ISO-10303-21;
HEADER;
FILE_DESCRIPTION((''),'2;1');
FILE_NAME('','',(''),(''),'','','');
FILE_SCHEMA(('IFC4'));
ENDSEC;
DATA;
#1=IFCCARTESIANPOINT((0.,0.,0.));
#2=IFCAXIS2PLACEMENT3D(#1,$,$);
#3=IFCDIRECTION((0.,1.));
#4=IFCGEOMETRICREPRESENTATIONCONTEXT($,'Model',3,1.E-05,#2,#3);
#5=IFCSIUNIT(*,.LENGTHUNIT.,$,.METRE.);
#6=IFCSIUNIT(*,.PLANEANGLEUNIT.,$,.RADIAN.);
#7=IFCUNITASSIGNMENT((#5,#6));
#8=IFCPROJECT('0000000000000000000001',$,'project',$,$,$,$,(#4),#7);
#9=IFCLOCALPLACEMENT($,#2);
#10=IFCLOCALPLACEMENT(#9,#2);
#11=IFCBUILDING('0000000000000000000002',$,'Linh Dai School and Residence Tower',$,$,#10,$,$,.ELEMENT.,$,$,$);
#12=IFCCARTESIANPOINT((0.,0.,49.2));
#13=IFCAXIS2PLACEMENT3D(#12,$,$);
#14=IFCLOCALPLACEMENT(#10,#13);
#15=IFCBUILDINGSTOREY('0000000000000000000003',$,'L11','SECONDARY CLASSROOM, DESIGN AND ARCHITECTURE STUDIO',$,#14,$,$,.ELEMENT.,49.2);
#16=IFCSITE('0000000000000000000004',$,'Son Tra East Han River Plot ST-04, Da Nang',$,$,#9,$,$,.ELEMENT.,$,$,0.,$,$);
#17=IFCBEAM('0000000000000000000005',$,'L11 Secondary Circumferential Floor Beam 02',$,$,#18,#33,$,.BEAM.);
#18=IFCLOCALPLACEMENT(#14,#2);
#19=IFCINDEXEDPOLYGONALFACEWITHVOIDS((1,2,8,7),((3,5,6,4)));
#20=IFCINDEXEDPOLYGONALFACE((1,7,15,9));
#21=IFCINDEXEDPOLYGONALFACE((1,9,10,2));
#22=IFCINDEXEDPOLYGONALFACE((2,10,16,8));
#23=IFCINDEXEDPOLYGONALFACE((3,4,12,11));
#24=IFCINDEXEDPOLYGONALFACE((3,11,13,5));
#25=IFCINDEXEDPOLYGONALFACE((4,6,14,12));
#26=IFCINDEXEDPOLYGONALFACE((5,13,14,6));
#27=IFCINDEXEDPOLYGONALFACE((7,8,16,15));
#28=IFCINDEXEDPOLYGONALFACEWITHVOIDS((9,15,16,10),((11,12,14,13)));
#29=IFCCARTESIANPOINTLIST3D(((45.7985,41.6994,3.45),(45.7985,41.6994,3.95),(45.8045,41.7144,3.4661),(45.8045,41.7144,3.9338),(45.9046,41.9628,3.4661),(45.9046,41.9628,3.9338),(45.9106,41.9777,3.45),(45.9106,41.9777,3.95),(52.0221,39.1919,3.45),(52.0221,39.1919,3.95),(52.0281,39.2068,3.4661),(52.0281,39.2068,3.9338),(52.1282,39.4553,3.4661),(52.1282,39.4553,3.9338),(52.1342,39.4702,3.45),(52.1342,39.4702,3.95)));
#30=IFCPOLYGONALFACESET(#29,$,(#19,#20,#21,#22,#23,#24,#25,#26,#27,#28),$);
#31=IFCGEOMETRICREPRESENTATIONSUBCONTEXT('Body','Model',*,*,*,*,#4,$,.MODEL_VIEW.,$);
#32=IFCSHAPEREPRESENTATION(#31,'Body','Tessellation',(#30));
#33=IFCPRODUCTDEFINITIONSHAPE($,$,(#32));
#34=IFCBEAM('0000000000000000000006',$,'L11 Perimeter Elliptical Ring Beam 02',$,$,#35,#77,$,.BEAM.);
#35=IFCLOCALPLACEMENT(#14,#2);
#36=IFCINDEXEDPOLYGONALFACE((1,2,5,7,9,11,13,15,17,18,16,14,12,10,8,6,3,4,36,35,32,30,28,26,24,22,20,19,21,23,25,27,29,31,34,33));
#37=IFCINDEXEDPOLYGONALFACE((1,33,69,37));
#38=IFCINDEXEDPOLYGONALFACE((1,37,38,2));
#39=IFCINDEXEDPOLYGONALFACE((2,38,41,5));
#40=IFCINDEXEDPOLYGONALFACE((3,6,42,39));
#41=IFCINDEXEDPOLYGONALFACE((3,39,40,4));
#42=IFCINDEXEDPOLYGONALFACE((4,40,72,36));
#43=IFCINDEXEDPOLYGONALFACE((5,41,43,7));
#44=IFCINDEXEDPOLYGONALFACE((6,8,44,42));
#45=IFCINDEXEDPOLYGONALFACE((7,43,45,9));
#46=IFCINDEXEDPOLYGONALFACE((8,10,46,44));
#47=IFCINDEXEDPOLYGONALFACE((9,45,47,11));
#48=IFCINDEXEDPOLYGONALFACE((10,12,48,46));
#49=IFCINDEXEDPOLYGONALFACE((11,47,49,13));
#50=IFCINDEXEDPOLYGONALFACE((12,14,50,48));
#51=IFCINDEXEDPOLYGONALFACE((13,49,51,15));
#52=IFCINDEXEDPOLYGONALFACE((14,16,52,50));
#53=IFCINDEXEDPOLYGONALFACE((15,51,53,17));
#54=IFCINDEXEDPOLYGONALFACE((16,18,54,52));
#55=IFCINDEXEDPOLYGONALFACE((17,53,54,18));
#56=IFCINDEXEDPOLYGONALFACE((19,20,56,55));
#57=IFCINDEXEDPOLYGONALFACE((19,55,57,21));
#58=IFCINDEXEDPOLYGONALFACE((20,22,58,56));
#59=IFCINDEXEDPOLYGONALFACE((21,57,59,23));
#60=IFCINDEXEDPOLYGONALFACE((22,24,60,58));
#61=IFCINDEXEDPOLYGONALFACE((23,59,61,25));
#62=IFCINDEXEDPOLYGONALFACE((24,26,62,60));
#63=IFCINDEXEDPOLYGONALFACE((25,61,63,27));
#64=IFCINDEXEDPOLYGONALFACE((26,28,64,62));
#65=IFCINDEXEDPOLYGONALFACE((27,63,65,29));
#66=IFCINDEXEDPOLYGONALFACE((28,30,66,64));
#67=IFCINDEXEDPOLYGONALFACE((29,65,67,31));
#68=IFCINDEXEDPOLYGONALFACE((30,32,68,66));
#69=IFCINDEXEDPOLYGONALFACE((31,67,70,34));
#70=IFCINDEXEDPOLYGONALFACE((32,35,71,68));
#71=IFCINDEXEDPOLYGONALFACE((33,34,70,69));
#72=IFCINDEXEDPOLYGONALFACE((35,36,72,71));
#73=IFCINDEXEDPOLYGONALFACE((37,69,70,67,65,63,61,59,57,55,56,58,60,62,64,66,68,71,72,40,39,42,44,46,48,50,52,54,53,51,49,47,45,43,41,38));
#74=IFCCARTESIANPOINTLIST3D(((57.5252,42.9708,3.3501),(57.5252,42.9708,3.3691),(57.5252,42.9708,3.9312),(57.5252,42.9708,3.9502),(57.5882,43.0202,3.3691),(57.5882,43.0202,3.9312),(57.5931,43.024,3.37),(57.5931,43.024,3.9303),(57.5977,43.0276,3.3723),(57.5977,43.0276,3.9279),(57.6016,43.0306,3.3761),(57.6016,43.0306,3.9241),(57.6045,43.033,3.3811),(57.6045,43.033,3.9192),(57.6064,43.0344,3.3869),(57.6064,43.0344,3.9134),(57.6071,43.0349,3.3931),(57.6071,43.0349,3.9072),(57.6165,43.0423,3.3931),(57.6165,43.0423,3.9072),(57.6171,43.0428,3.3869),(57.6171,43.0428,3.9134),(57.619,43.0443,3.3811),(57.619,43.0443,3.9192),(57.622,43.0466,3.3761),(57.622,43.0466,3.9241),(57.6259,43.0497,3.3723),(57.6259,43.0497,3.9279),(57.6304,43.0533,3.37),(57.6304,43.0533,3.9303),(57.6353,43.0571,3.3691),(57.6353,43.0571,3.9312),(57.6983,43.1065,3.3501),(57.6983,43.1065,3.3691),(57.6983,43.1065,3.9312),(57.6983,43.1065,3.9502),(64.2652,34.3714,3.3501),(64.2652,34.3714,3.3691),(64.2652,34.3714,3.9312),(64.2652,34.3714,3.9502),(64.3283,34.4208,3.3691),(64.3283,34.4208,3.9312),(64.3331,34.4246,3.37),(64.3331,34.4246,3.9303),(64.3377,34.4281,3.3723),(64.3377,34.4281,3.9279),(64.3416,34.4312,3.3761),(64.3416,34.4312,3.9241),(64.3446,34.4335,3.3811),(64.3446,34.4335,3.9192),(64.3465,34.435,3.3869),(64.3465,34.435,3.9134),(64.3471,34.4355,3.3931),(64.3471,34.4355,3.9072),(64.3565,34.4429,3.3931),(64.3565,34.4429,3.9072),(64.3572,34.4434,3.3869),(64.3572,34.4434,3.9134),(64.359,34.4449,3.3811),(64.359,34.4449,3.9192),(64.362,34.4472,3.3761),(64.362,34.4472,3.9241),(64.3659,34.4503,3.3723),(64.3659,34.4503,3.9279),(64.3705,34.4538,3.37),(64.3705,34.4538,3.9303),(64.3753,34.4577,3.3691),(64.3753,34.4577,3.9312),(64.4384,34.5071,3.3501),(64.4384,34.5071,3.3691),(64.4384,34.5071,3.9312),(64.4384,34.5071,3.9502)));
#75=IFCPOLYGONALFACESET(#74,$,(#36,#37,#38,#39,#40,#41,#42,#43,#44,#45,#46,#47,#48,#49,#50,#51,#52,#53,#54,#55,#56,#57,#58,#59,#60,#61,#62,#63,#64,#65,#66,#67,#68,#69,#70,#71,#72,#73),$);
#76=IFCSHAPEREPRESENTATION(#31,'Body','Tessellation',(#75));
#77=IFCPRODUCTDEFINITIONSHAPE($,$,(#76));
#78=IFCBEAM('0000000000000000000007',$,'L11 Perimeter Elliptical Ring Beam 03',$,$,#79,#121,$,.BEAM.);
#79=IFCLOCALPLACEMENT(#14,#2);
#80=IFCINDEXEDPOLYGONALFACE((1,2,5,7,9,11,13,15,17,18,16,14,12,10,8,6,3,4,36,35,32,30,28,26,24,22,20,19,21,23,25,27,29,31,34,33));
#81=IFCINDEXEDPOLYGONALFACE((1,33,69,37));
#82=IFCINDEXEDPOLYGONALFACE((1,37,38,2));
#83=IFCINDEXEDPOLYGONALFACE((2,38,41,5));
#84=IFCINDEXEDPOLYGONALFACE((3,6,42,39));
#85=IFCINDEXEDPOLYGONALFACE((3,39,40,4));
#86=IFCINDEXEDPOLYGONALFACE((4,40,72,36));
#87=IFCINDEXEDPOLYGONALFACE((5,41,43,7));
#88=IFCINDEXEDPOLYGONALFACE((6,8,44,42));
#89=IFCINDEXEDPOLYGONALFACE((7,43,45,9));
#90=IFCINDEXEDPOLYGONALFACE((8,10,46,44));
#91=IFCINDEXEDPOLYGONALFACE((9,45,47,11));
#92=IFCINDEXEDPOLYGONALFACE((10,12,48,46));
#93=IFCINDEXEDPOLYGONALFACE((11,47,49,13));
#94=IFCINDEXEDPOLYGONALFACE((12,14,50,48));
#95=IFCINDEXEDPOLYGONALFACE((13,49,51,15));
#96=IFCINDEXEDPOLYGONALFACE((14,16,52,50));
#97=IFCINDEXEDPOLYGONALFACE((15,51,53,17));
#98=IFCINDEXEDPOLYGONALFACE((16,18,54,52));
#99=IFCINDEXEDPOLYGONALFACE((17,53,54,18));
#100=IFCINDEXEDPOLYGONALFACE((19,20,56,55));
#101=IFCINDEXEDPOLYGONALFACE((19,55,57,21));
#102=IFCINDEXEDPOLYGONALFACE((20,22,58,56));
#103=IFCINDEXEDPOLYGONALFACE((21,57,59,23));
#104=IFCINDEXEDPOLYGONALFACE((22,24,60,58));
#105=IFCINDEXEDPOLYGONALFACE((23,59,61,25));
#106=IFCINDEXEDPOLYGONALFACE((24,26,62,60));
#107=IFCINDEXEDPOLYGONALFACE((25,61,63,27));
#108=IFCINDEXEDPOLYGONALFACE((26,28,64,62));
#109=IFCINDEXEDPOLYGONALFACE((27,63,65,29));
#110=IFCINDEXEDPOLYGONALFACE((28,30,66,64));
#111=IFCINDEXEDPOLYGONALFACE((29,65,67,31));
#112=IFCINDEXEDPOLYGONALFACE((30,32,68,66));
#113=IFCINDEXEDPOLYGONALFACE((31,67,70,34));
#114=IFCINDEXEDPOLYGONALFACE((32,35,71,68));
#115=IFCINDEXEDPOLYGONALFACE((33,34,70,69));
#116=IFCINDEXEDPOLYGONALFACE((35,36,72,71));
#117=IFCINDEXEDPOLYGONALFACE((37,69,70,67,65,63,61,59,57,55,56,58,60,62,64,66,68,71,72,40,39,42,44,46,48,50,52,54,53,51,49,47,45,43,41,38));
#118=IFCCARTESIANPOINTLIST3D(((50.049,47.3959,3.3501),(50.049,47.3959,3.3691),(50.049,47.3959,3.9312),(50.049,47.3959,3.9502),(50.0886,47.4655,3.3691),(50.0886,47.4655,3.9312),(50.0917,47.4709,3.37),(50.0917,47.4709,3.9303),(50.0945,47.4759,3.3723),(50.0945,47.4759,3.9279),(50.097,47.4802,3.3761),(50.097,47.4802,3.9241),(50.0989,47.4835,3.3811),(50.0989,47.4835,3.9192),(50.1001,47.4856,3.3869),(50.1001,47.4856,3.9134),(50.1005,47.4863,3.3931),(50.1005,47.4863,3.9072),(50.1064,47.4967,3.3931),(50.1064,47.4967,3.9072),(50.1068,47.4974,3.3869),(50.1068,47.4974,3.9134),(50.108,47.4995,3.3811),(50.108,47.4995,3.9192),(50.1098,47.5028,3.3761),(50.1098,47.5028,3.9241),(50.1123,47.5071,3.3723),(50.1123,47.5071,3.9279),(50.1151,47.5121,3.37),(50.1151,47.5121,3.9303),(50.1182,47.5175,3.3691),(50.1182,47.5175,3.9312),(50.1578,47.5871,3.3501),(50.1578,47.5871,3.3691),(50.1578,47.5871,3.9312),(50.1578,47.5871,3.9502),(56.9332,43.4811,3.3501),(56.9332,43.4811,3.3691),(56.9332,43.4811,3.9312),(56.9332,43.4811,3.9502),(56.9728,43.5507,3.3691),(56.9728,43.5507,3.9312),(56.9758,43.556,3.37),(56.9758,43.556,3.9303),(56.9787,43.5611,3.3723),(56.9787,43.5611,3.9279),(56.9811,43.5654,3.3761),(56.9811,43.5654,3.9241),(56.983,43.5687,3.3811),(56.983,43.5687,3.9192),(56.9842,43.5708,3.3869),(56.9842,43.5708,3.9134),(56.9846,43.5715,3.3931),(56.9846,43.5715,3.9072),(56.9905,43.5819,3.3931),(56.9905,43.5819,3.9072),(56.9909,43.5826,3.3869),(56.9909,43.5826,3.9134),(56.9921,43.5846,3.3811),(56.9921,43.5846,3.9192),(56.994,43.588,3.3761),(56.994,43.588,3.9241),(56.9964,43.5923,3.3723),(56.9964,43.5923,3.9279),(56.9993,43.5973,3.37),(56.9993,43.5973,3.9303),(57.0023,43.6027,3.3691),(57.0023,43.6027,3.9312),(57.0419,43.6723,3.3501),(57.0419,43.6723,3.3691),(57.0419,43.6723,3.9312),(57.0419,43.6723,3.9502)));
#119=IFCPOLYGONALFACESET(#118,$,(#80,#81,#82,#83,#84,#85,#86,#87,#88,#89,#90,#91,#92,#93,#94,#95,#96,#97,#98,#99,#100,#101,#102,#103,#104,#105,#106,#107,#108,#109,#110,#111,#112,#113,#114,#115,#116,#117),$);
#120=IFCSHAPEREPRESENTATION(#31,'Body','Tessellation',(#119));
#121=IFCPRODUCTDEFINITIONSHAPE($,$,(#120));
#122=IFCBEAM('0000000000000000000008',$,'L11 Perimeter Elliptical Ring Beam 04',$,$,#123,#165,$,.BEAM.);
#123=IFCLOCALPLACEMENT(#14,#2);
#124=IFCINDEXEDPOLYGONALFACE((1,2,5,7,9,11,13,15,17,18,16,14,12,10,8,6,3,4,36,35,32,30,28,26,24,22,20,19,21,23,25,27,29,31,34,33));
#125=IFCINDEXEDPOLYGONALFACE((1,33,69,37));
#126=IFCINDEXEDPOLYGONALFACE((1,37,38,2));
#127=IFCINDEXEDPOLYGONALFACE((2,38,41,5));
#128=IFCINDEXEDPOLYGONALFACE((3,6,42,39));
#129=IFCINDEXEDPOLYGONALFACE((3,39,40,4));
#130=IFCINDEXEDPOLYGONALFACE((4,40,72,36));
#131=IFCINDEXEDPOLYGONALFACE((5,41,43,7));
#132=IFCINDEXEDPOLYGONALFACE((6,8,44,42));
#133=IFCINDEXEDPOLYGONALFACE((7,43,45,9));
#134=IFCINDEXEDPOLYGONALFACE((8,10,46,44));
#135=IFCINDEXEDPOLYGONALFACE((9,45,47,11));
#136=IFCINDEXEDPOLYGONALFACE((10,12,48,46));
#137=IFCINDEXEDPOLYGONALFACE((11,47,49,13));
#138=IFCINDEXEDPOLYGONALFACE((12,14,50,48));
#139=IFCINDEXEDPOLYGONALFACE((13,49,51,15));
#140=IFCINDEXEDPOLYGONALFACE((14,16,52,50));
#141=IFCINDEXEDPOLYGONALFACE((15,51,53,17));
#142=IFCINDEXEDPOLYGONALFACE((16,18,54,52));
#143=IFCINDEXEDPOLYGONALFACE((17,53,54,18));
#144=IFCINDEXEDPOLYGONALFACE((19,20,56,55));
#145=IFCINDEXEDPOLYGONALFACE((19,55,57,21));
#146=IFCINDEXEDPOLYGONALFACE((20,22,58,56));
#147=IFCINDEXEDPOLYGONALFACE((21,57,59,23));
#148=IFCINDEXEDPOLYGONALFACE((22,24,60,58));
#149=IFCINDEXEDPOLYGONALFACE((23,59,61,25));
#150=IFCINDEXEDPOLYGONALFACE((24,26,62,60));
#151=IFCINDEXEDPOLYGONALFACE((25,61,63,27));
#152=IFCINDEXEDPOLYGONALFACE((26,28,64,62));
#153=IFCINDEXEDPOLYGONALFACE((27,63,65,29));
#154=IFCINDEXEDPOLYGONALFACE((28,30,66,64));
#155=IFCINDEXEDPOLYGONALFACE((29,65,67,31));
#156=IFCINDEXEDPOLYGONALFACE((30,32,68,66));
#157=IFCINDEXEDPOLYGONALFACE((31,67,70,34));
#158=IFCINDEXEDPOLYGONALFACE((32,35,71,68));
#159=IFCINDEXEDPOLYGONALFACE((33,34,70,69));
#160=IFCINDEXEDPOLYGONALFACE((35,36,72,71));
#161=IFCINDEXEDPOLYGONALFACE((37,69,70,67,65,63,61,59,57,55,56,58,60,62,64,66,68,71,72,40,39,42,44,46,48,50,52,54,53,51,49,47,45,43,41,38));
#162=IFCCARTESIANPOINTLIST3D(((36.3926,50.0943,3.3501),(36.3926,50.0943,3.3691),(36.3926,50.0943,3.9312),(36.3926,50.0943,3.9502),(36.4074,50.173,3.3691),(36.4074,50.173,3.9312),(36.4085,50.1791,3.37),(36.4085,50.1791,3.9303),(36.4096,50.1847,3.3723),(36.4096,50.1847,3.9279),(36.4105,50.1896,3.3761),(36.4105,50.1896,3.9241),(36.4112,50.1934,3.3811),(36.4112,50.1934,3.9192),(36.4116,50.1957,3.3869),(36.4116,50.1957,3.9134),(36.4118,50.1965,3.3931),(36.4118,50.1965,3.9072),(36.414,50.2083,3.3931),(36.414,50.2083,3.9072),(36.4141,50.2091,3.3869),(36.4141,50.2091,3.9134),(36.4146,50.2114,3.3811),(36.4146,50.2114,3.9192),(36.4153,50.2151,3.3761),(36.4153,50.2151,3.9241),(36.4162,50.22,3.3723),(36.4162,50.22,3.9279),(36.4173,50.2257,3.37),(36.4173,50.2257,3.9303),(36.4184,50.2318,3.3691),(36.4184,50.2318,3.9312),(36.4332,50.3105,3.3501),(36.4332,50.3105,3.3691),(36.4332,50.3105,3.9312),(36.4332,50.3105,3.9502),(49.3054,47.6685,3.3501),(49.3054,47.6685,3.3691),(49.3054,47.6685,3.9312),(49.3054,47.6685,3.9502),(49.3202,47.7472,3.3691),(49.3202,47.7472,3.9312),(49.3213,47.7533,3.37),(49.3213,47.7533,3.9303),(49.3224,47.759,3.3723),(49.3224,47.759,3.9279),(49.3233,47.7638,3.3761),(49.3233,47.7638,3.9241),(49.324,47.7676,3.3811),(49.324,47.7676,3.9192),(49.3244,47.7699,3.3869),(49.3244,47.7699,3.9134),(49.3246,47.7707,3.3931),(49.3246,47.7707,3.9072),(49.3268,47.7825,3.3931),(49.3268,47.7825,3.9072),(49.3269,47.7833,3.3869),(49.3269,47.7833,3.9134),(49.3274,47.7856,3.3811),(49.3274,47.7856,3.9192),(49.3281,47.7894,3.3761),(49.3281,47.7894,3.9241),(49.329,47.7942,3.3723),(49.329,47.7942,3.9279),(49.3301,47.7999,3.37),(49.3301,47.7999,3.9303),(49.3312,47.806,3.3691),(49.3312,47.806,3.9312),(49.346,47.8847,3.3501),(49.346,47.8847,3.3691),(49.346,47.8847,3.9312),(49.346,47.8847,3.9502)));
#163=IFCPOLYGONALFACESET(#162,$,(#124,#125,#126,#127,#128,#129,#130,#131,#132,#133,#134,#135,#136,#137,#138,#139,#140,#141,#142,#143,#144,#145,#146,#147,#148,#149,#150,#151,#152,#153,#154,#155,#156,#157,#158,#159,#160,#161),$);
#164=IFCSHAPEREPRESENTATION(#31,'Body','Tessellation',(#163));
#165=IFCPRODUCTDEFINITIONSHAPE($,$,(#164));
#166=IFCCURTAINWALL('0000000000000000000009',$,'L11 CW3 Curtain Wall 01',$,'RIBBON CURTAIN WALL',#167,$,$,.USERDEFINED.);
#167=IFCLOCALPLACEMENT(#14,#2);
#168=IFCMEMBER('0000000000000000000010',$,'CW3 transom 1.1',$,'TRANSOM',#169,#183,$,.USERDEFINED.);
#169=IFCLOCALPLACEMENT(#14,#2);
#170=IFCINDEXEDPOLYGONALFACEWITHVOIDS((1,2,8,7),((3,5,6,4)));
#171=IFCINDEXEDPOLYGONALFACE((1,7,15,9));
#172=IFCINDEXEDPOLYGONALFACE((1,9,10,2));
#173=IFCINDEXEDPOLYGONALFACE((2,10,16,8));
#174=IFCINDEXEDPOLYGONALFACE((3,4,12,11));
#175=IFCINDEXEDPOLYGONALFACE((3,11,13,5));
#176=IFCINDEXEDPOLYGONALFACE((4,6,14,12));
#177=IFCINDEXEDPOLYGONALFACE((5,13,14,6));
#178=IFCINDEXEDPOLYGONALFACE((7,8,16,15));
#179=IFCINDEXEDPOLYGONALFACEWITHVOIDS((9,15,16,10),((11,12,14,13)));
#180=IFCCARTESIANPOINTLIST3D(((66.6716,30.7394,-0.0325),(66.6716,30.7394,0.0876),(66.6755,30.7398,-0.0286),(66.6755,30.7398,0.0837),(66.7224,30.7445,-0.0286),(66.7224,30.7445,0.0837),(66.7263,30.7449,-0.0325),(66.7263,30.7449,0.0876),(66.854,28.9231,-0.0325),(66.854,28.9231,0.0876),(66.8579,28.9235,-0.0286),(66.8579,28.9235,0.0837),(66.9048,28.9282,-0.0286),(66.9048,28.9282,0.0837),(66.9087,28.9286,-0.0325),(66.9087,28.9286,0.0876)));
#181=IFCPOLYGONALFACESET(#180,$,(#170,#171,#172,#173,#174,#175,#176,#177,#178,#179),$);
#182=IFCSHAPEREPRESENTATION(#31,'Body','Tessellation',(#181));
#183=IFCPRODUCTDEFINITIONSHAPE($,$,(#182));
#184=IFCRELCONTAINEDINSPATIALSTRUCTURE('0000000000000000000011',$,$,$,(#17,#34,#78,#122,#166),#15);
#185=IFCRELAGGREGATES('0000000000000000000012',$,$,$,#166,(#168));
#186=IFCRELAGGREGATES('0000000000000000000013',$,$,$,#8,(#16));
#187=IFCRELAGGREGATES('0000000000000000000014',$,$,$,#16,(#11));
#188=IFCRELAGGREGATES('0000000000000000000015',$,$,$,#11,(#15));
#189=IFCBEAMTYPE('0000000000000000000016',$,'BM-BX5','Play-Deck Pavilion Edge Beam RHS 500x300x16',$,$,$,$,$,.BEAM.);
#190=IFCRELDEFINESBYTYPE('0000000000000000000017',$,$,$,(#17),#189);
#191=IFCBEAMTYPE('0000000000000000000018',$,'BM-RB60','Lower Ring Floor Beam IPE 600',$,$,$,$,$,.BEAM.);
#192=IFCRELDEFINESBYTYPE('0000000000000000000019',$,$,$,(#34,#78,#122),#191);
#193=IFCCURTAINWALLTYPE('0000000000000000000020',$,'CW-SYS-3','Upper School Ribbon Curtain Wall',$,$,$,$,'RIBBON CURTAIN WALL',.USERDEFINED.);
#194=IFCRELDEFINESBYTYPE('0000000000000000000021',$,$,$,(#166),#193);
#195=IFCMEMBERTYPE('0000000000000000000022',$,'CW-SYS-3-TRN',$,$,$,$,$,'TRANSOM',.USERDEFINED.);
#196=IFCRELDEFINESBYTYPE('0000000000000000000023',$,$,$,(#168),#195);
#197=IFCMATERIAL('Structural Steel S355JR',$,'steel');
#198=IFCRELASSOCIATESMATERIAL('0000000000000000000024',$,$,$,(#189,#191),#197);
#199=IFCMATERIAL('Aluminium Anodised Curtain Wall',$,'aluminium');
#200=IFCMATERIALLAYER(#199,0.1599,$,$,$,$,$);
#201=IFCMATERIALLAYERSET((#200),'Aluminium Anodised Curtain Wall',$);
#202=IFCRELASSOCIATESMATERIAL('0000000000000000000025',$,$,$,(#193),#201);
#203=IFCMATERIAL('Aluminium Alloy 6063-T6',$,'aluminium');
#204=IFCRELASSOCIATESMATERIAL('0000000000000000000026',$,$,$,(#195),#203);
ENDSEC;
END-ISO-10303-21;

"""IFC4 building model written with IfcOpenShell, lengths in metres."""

from ifc_helpers import new_model, si_unit, direction, frame, origin, origin_2d, place, context, subcontext, project, spatial, hollow_rectangle, i_section, extrude, source, transform, mapped, material, layer, layer_set, material_profile, profile_set, type_object, element, aggregate, save


model = new_model("IFC4")

# Units and contexts
model_context = context("Model", 3, precision=1e-05, world=origin(), true_north=direction((0.0, 1.0)))
body_context = subcontext(model_context, "Body", "Model", "MODEL_VIEW")
ifc_project = project(units=[si_unit("LENGTHUNIT", "METRE"), si_unit("PLANEANGLEUNIT", "RADIAN")], contexts=[model_context])

# Site, building, storey
site_placement = place(None, origin())
site = spatial("IfcSite", under=ifc_project, at=site_placement, Name="Son Tra East Han River Plot ST-04, Da Nang", CompositionType="ELEMENT", RefElevation=0.0)
building_placement = place(site_placement, origin())
building = spatial("IfcBuilding", under=site, at=building_placement, Name="Linh Dai School and Residence Tower", CompositionType="ELEMENT")
storey_placement = place(building_placement, frame((0.0, 0.0, 49.2)))
storey = spatial("IfcBuildingStorey", under=building, at=storey_placement, Name="L11", Description="SECONDARY CLASSROOM, DESIGN AND ARCHITECTURE STUDIO", CompositionType="ELEMENT", Elevation=49.2)

# Shared definitions
ifc_material_1 = material(Name="Structural Steel S355JR", Category="steel")

# Beams
ifc_material_profile_1 = material_profile(ifc_material_1, hollow_rectangle(XDim=0.3, YDim=0.5, WallThickness=0.0161, at=origin_2d()), Name="RHS 500x300x16")
ifc_profile_set_1 = profile_set([ifc_material_profile_1], Name="Structural Steel S355JR")
beam_type_1 = type_object("IfcBeamType", Name="BM-BX5", Description="Play-Deck Pavilion Edge Beam RHS 500x300x16", PredefinedType="BEAM", material=ifc_profile_set_1)
beam_1_placement = place(storey_placement, frame((52.0781, 39.3311, 3.7), z_axis=(-0.927543, 0.373717, 0.0), x_axis=(-0.373717, -0.927543, 0.0)))
element("IfcBeam", 1, at=beam_1_placement, inside=storey, type_object=beam_type_1, Name="L11 Secondary Circumferential Floor Beam 02", PredefinedType="BEAM", context=body_context, shape_type="SweptSolid", body=[
    extrude(hollow_rectangle(XDim=0.3, YDim=0.5, WallThickness=0.0161, at=origin_2d()), origin(), (0.0, 0.0, 1.0), 6.7097),
])
ifc_material_profile_2 = material_profile(ifc_material_1, i_section(OverallWidth=0.22, OverallDepth=0.6001, WebThickness=0.012, FlangeThickness=0.019, FilletRadius=0.0239, at=origin_2d()), Name="IPE 600")
ifc_profile_set_2 = profile_set([ifc_material_profile_2], Name="Structural Steel S355JR")
beam_type_2 = type_object("IfcBeamType", Name="BM-RB60", Description="Lower Ring Floor Beam IPE 600", PredefinedType="BEAM", material=ifc_profile_set_2)
beam_2_placement = place(storey_placement, frame((64.3518, 34.4392, 3.6501), z_axis=(-0.616879, 0.787058, 0.0), x_axis=(-0.787058, -0.616879, 0.0)))
element("IfcBeam", 2, at=beam_2_placement, inside=storey, type_object=beam_type_2, Name="L11 Perimeter Elliptical Ring Beam 02", PredefinedType="BEAM", context=body_context, shape_type="SweptSolid", body=[
    extrude(i_section(OverallWidth=0.22, OverallDepth=0.6001, WebThickness=0.012, FlangeThickness=0.019, FilletRadius=0.0239, at=origin_2d()), origin(), (0.0, 0.0, 1.0), 10.926),
])
beam_3_placement = place(storey_placement, frame((56.9875, 43.5767, 3.6501), z_axis=(-0.869271, 0.494335, 0.0), x_axis=(-0.494335, -0.869271, 0.0)))
element("IfcBeam", 3, at=beam_3_placement, inside=storey, type_object=beam_type_2, Name="L11 Perimeter Elliptical Ring Beam 03", PredefinedType="BEAM", context=body_context, shape_type="SweptSolid", body=[
    extrude(i_section(OverallWidth=0.22, OverallDepth=0.6001, WebThickness=0.012, FlangeThickness=0.019, FilletRadius=0.0239, at=origin_2d()), origin(), (0.0, 0.0, 1.0), 7.9194),
])
beam_4_placement = place(storey_placement, frame((49.3257, 47.7766, 3.6501), z_axis=(-0.982808, 0.184628, 0.0), x_axis=(-0.184628, -0.982808, 0.0)))
element("IfcBeam", 4, at=beam_4_placement, inside=storey, type_object=beam_type_2, Name="L11 Perimeter Elliptical Ring Beam 04", PredefinedType="BEAM", context=body_context, shape_type="SweptSolid", body=[
    extrude(i_section(OverallWidth=0.22, OverallDepth=0.6001, WebThickness=0.012, FlangeThickness=0.019, FilletRadius=0.0239, at=origin_2d()), origin(), (0.0, 0.0, 1.0), 13.1387),
])

# Curtain wall, member
ifc_material_2 = material(Name="Aluminium Anodised Curtain Wall", Category="aluminium")
ifc_layer_1 = layer(ifc_material_2, 0.1599)
ifc_layer_set_1 = layer_set([ifc_layer_1], Name="Aluminium Anodised Curtain Wall")
curtain_wall_type = type_object("IfcCurtainWallType", Name="CW-SYS-3", Description="Upper School Ribbon Curtain Wall", ElementType="RIBBON CURTAIN WALL", PredefinedType="USERDEFINED", material=ifc_layer_set_1)
curtain_wall_placement = place(storey_placement, origin())
curtain_wall = element("IfcCurtainWall", 5, at=curtain_wall_placement, inside=storey, type_object=curtain_wall_type, Name="L11 CW3 Curtain Wall 01", ObjectType="RIBBON CURTAIN WALL", PredefinedType="USERDEFINED")
ifc_material_3 = material(Name="Aluminium Alloy 6063-T6", Category="aluminium")
ifc_material_profile_3 = material_profile(ifc_material_3, hollow_rectangle(XDim=0.0549, YDim=0.1201, WallThickness=0.0039, at=origin_2d()), Name="RHS 120x55x4")
ifc_profile_set_3 = profile_set([ifc_material_profile_3], Name="Aluminium Alloy 6063-T6")
member_type_1 = type_object("IfcMemberType", Name="CW-SYS-3-TRN", ElementType="TRANSOM", PredefinedType="USERDEFINED", material=ifc_profile_set_3)
shared_shape_1 = source(origin(), body_context, "Body", "SweptSolid", [
    extrude(hollow_rectangle(XDim=0.0549, YDim=0.1201, WallThickness=0.0039, at=origin_2d()), origin(), (0.0, 0.0, 1.0), 1.8254),
])
member_1_placement = place(storey_placement, frame((66.699, 30.7422, 0.0276), z_axis=(0.099901, -0.994997, 0.0), x_axis=(0.994997, 0.099901, 0.0)))
member_1 = element("IfcMember", 6, at=member_1_placement, type_object=member_type_1, Name="CW3 transom 1.1", ObjectType="TRANSOM", PredefinedType="USERDEFINED", context=body_context, shape_type="MappedRepresentation", body=[
    mapped(shared_shape_1, transform((0.0, 0.0, 0.0), x_axis=(1.0, 0.0, 0.0), y_axis=(0.0, 1.0, 0.0), z_axis=(0.0, 0.0, 1.0), scale=1.0)),
])
aggregate(curtain_wall, [member_1])

save(model, "model.ifc")
